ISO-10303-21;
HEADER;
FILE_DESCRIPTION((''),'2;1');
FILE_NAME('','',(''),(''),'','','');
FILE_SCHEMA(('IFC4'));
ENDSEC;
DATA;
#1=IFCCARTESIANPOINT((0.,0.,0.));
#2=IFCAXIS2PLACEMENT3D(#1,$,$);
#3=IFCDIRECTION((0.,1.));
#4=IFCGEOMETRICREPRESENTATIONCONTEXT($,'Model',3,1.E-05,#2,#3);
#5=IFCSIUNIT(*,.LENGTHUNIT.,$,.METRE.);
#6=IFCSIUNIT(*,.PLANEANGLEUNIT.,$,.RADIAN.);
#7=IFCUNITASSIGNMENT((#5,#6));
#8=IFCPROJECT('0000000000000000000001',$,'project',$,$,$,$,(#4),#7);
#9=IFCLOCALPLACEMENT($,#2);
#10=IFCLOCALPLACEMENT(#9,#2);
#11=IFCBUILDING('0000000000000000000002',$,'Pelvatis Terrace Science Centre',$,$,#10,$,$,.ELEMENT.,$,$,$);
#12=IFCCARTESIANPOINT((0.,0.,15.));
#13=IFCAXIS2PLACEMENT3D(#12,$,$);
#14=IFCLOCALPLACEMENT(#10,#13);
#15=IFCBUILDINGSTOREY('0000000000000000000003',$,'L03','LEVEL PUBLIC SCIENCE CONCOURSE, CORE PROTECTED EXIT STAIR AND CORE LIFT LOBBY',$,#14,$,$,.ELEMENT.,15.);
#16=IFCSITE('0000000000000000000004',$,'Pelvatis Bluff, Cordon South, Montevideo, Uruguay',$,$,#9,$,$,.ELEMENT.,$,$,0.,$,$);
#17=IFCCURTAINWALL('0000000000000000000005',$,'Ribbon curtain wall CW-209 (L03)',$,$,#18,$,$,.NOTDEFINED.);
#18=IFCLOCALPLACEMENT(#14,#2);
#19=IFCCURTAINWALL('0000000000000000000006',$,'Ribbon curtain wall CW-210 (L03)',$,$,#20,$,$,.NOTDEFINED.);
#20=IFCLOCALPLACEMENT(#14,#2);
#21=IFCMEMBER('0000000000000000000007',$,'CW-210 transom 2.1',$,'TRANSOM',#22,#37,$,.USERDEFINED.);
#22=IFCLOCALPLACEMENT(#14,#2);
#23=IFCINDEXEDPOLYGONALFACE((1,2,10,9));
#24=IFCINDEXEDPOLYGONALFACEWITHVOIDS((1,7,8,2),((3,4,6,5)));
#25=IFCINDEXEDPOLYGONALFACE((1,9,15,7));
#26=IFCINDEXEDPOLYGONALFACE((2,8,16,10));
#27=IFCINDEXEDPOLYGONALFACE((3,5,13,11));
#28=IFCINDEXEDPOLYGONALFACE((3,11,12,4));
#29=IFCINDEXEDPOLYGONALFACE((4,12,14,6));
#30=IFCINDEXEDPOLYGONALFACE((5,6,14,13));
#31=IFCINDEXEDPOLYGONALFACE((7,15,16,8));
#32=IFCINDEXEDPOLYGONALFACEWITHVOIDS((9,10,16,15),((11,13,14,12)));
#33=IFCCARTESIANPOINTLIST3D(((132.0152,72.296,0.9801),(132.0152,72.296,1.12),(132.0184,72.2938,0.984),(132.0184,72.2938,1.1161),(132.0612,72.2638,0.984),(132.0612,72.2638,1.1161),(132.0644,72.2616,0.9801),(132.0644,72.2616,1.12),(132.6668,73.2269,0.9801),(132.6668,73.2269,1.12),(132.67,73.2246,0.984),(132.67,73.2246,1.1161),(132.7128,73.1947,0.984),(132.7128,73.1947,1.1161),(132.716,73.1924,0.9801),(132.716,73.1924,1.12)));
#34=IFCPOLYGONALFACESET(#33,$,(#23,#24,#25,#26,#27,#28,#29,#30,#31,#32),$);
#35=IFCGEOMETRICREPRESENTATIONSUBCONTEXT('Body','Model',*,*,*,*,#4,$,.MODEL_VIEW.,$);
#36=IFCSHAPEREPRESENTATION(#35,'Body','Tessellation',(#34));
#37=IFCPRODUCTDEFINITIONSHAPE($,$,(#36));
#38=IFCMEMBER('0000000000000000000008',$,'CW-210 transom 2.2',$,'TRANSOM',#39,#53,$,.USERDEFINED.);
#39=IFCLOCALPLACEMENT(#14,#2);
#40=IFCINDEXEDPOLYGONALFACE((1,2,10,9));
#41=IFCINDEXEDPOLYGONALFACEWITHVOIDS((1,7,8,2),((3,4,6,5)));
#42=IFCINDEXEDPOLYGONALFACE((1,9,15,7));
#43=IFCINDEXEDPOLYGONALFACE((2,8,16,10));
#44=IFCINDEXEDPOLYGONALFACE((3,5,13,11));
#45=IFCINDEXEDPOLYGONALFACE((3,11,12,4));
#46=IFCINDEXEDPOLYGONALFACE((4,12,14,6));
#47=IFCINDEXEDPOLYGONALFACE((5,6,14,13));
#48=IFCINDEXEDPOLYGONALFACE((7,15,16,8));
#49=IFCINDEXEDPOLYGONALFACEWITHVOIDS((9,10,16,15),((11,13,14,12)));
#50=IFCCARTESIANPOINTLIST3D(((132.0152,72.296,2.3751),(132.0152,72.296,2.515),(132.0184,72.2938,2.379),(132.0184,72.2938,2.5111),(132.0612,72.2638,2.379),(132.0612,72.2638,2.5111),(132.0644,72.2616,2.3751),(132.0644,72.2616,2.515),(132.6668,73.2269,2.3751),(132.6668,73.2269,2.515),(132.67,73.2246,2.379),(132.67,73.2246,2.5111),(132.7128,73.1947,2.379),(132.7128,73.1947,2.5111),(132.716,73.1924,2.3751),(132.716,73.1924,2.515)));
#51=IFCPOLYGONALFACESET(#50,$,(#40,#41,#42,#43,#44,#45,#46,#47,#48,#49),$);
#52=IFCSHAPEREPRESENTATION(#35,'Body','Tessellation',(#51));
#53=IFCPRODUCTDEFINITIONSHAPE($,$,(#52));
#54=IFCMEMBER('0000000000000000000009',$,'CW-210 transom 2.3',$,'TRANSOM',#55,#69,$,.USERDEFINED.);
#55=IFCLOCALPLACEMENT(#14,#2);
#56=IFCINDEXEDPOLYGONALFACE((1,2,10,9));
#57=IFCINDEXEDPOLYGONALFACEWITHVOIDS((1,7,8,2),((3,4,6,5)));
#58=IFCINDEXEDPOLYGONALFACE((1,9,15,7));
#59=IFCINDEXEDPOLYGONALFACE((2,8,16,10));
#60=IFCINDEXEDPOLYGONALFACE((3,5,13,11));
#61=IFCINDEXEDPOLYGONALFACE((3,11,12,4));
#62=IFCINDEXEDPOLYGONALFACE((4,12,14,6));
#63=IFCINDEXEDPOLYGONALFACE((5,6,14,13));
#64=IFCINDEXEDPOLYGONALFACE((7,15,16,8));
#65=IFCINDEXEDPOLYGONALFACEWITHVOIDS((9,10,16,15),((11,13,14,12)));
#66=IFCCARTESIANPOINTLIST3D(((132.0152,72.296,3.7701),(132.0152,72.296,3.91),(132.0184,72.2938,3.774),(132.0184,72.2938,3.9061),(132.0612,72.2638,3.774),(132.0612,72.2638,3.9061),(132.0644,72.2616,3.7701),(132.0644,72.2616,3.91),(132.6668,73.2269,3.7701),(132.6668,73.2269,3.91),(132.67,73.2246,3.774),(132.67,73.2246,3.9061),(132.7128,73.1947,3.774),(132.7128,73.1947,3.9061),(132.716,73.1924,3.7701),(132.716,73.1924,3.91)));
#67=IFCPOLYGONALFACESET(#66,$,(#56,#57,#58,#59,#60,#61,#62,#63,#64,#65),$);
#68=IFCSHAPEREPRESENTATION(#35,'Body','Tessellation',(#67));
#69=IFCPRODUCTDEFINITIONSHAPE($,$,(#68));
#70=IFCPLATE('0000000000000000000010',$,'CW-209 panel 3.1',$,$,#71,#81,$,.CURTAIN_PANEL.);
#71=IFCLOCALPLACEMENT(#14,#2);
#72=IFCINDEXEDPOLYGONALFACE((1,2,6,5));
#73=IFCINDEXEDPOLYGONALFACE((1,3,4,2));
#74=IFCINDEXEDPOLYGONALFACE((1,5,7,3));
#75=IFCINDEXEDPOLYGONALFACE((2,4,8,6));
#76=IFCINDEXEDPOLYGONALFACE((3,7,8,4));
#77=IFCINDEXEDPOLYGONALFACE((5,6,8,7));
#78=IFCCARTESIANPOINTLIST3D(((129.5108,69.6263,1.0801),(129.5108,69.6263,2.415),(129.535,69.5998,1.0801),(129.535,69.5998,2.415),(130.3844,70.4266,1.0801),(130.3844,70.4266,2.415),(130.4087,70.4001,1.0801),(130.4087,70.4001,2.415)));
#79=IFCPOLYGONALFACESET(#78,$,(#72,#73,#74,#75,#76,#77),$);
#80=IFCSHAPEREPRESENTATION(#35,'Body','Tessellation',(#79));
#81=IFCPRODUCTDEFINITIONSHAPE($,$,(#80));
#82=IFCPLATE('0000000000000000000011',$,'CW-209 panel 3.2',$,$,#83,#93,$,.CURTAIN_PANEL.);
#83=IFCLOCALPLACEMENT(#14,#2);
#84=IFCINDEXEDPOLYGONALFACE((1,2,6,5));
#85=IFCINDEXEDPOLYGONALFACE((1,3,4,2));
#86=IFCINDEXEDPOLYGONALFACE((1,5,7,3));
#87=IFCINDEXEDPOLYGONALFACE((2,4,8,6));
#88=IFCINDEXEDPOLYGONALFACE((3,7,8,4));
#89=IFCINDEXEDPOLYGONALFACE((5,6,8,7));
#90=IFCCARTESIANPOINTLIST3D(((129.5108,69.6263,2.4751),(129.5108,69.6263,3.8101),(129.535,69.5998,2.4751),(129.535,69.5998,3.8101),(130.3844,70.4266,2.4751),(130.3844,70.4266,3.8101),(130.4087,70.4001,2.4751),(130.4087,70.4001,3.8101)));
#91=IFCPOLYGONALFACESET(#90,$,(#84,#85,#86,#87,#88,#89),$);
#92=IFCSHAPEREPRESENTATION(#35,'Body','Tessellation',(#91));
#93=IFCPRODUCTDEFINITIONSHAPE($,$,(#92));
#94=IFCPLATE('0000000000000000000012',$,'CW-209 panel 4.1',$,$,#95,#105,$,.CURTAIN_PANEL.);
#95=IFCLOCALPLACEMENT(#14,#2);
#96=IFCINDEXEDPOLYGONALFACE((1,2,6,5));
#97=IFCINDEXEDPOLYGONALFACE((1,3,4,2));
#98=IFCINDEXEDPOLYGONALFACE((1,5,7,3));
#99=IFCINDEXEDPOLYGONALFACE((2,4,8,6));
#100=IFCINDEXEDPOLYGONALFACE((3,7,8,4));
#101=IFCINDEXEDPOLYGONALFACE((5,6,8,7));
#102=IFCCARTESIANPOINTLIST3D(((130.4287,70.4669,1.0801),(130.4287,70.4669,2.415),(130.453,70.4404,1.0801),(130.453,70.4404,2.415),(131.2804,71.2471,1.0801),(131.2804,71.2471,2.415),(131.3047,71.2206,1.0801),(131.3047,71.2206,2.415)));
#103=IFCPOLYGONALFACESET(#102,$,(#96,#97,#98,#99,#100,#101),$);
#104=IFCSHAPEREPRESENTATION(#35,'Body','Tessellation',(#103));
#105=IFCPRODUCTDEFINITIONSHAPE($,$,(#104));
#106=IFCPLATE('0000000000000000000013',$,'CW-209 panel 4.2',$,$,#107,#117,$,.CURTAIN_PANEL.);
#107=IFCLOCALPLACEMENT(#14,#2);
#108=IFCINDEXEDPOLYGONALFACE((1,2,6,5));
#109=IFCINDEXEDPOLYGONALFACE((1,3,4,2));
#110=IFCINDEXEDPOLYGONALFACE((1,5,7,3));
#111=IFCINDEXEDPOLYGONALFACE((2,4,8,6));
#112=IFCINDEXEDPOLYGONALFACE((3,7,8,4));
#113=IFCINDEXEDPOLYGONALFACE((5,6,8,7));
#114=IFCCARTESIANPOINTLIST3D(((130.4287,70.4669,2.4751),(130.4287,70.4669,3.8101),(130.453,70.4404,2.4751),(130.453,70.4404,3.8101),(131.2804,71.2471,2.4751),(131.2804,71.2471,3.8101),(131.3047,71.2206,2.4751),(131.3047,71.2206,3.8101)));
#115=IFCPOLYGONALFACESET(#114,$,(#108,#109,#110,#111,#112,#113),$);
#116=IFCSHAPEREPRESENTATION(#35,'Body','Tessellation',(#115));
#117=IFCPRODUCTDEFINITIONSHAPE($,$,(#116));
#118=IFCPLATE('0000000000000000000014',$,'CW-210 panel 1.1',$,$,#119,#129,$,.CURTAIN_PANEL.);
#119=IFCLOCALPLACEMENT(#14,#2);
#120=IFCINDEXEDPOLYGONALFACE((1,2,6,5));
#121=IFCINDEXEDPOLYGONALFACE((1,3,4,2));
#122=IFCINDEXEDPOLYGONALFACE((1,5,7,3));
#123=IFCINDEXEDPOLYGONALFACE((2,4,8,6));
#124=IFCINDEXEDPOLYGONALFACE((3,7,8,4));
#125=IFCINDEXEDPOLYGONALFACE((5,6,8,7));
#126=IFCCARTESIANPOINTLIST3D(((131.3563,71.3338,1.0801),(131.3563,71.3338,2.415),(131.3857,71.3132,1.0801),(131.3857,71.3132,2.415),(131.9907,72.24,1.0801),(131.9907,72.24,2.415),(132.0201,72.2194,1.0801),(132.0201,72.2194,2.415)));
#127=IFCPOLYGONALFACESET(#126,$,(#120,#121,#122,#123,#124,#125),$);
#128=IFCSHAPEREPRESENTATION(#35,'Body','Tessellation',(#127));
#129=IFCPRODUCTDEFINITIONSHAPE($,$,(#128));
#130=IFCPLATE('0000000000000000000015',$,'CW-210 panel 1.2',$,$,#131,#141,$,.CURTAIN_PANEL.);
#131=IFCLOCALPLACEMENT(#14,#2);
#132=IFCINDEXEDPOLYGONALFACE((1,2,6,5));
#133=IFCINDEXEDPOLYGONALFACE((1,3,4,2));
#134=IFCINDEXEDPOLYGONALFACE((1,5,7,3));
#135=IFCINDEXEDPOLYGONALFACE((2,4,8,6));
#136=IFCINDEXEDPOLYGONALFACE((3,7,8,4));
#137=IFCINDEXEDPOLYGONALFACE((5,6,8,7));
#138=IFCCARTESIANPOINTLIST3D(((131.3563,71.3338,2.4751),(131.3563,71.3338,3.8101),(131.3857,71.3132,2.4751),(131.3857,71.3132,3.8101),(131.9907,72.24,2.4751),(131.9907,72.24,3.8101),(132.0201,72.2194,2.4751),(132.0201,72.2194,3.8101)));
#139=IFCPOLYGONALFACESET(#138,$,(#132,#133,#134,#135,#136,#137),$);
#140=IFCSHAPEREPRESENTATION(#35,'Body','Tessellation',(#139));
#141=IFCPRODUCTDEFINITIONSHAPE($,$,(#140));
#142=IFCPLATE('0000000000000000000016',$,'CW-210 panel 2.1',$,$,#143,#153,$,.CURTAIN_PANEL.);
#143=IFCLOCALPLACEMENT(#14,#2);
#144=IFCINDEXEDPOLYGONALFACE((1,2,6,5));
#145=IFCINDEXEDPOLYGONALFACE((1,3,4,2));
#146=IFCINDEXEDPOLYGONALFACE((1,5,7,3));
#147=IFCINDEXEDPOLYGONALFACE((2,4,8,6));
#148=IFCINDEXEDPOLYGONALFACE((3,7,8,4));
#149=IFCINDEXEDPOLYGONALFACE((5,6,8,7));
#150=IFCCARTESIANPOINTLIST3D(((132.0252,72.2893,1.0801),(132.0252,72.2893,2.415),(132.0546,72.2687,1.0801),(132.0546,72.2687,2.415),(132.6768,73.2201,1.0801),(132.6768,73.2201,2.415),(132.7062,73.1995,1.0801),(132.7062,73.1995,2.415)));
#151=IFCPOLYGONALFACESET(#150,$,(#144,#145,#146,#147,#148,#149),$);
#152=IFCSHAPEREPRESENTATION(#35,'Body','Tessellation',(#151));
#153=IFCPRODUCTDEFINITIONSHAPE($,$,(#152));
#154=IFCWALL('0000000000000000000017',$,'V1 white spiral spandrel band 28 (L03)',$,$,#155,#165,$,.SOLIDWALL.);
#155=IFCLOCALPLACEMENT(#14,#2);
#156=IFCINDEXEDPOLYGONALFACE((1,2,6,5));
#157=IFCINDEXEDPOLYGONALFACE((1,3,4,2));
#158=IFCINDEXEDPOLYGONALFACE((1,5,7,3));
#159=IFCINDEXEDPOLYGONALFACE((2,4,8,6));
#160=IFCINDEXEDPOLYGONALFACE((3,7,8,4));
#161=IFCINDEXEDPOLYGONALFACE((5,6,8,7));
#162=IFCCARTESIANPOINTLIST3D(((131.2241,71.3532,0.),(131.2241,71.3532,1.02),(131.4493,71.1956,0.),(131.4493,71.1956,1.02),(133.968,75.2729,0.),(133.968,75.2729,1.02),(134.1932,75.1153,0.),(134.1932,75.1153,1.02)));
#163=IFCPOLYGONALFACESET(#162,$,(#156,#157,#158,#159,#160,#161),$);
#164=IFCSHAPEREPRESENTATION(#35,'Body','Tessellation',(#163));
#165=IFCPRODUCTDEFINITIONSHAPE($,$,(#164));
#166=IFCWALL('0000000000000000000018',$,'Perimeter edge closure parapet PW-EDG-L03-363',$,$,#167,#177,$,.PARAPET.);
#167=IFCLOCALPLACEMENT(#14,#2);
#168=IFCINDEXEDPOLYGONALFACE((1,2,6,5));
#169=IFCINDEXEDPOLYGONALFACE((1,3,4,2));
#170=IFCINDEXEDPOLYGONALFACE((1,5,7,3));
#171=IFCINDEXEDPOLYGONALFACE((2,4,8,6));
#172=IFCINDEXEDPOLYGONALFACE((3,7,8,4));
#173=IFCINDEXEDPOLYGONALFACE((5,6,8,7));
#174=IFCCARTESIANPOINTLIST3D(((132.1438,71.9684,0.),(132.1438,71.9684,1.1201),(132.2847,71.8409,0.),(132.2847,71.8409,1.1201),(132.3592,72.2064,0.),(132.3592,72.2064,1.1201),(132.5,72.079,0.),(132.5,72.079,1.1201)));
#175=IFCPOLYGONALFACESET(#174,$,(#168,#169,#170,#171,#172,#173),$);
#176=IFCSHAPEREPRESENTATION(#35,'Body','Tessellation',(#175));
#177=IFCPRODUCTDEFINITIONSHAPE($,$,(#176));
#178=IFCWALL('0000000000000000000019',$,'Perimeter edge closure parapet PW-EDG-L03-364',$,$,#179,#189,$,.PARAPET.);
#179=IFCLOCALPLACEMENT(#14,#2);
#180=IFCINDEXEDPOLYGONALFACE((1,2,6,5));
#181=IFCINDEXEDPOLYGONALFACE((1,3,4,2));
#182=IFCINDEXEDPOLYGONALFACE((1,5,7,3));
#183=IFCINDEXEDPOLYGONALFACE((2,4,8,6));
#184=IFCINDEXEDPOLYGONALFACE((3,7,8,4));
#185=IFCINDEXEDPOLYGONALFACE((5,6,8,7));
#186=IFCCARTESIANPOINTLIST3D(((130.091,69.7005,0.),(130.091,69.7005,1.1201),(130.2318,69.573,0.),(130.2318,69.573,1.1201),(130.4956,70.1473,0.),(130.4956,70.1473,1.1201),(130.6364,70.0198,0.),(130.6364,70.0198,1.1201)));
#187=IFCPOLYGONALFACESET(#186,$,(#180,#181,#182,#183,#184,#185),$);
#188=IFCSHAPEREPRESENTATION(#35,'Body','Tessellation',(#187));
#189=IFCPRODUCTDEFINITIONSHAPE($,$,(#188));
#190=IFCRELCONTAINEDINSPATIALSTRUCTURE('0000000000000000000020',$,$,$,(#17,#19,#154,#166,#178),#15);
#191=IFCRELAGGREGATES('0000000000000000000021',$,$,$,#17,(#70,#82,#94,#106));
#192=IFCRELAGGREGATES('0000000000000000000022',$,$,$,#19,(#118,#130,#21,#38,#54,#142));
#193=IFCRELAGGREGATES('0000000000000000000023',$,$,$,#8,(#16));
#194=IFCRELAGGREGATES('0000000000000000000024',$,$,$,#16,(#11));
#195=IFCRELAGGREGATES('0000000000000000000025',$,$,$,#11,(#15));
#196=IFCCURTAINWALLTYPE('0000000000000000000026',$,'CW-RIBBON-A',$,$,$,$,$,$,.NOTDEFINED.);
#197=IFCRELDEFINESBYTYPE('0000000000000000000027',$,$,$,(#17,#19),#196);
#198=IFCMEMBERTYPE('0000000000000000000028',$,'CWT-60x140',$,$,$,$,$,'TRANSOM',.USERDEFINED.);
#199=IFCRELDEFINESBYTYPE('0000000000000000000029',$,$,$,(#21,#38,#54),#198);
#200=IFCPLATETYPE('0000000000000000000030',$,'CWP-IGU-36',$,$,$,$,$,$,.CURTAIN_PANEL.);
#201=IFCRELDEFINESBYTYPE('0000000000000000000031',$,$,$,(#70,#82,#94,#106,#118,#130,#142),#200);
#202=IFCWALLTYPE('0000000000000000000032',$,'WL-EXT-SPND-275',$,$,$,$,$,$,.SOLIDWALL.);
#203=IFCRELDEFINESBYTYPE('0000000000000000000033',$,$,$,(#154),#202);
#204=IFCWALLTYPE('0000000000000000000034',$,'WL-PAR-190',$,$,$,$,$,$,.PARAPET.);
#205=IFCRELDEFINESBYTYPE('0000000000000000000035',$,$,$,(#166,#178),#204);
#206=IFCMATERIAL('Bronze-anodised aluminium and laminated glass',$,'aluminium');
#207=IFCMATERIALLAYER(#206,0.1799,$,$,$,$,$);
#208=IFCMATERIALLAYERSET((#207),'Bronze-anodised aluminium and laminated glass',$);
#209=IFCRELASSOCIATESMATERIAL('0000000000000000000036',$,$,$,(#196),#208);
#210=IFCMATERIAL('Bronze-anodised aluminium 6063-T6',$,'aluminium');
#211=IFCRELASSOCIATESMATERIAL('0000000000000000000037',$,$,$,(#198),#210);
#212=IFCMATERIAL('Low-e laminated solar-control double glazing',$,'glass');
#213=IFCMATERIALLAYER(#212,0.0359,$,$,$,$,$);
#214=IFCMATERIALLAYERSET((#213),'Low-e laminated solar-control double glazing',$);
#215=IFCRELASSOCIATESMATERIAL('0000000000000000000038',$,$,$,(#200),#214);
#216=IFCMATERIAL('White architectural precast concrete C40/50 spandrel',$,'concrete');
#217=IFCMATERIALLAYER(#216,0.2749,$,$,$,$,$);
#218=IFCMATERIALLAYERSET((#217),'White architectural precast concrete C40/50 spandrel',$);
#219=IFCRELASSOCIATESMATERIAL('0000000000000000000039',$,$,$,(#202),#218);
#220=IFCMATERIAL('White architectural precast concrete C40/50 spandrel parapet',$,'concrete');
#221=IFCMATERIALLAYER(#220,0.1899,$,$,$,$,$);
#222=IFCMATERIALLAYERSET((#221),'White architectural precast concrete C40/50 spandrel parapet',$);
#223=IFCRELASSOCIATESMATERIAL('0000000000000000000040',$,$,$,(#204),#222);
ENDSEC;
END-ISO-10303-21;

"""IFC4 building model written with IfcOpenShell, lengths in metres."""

from ifc_helpers import new_model, si_unit, direction, frame, frame_2d, origin, origin_2d, place, context, subcontext, project, spatial, rectangle, hollow_rectangle, extrude, material, layer, layer_set, material_profile, profile_set, type_object, element, aggregate, save


model = new_model("IFC4")

# Units and contexts
model_context = context("Model", 3, precision=1e-05, world=origin(), true_north=direction((0.0, 1.0)))
body_context = subcontext(model_context, "Body", "Model", "MODEL_VIEW")
ifc_project = project(units=[si_unit("LENGTHUNIT", "METRE"), si_unit("PLANEANGLEUNIT", "RADIAN")], contexts=[model_context])

# Site, building, storey
site_placement = place(None, origin())
site = spatial("IfcSite", under=ifc_project, at=site_placement, Name="Pelvatis Bluff, Cordon South, Montevideo, Uruguay", CompositionType="ELEMENT", RefElevation=0.0)
building_placement = place(site_placement, origin())
building = spatial("IfcBuilding", under=site, at=building_placement, Name="Pelvatis Terrace Science Centre", CompositionType="ELEMENT")
storey_placement = place(building_placement, frame((0.0, 0.0, 15.0)))
storey = spatial("IfcBuildingStorey", under=building, at=storey_placement, Name="L03", Description="LEVEL PUBLIC SCIENCE CONCOURSE, CORE PROTECTED EXIT STAIR AND CORE LIFT LOBBY", CompositionType="ELEMENT", Elevation=15.0)

# Curtain walls
ifc_material_1 = material(Name="Bronze-anodised aluminium and laminated glass", Category="aluminium")
ifc_layer_1 = layer(ifc_material_1, 0.1799)
ifc_layer_set_1 = layer_set([ifc_layer_1], Name="Bronze-anodised aluminium and laminated glass")
curtain_wall_type = type_object("IfcCurtainWallType", Name="CW-RIBBON-A", PredefinedType="NOTDEFINED", material=ifc_layer_set_1)
curtain_wall_1_placement = place(storey_placement, origin())
curtain_wall_1 = element("IfcCurtainWall", 1, at=curtain_wall_1_placement, inside=storey, type_object=curtain_wall_type, Name="Ribbon curtain wall CW-209 (L03)", PredefinedType="NOTDEFINED")
curtain_wall_2_placement = place(storey_placement, origin())
curtain_wall_2 = element("IfcCurtainWall", 2, at=curtain_wall_2_placement, inside=storey, type_object=curtain_wall_type, Name="Ribbon curtain wall CW-210 (L03)", PredefinedType="NOTDEFINED")

# Members
ifc_material_2 = material(Name="Bronze-anodised aluminium 6063-T6", Category="aluminium")
ifc_material_profile_1 = material_profile(ifc_material_2, hollow_rectangle(XDim=0.0601, YDim=0.1399, WallThickness=0.0039, at=origin_2d()), Name="ALU-TRN 60x140")
ifc_profile_set_1 = profile_set([ifc_material_profile_1], Name="Bronze-anodised aluminium 6063-T6")
member_type_1 = type_object("IfcMemberType", Name="CWT-60x140", ElementType="TRANSOM", PredefinedType="USERDEFINED", material=ifc_profile_set_1)
member_1_placement = place(storey_placement, frame((132.0398, 72.2788, 1.05), z_axis=(0.573448, 0.819242, 0.0), x_axis=(-0.819242, 0.573448, 0.0)))
member_1 = element("IfcMember", 3, at=member_1_placement, type_object=member_type_1, Name="CW-210 transom 2.1", ObjectType="TRANSOM", PredefinedType="USERDEFINED", context=body_context, shape_type="SweptSolid", body=[
    extrude(hollow_rectangle(XDim=0.0601, YDim=0.1399, WallThickness=0.0039, at=origin_2d()), origin(), (0.0, 0.0, 1.0), 1.1362),
])
member_2_placement = place(storey_placement, frame((132.0398, 72.2788, 2.4451), z_axis=(0.573448, 0.819242, 0.0), x_axis=(-0.819242, 0.573448, 0.0)))
member_2 = element("IfcMember", 4, at=member_2_placement, type_object=member_type_1, Name="CW-210 transom 2.2", ObjectType="TRANSOM", PredefinedType="USERDEFINED", context=body_context, shape_type="SweptSolid", body=[
    extrude(hollow_rectangle(XDim=0.0601, YDim=0.1399, WallThickness=0.0039, at=origin_2d()), origin(), (0.0, 0.0, 1.0), 1.1362),
])
member_3_placement = place(storey_placement, frame((132.0398, 72.2788, 3.8401), z_axis=(0.573448, 0.819242, 0.0), x_axis=(-0.819242, 0.573448, 0.0)))
member_3 = element("IfcMember", 5, at=member_3_placement, type_object=member_type_1, Name="CW-210 transom 2.3", ObjectType="TRANSOM", PredefinedType="USERDEFINED", context=body_context, shape_type="SweptSolid", body=[
    extrude(hollow_rectangle(XDim=0.0601, YDim=0.1399, WallThickness=0.0039, at=origin_2d()), origin(), (0.0, 0.0, 1.0), 1.1362),
])

# Plates
ifc_material_3 = material(Name="Low-e laminated solar-control double glazing", Category="glass")
ifc_layer_2 = layer(ifc_material_3, 0.0359)
ifc_layer_set_2 = layer_set([ifc_layer_2], Name="Low-e laminated solar-control double glazing")
plate_type = type_object("IfcPlateType", Name="CWP-IGU-36", PredefinedType="CURTAIN_PANEL", material=ifc_layer_set_2)
plate_1_placement = place(storey_placement, frame((129.9597, 70.0132, 1.0801), z_axis=(0.0, 0.0, 1.0), x_axis=(0.737404, 0.675452, 0.0)))
plate_1 = element("IfcPlate", 6, at=plate_1_placement, type_object=plate_type, Name="CW-209 panel 3.1", PredefinedType="CURTAIN_PANEL", context=body_context, shape_type="SweptSolid", body=[
    extrude(rectangle(XDim=1.1848, YDim=0.0359, at=origin_2d()), origin(), (0.0, 0.0, 1.0), 1.335),
])
plate_2_placement = place(storey_placement, frame((129.9597, 70.0132, 2.4751), z_axis=(0.0, 0.0, 1.0), x_axis=(0.737404, 0.675452, 0.0)))
plate_2 = element("IfcPlate", 7, at=plate_2_placement, type_object=plate_type, Name="CW-209 panel 3.2", PredefinedType="CURTAIN_PANEL", context=body_context, shape_type="SweptSolid", body=[
    extrude(rectangle(XDim=1.1848, YDim=0.0359, at=origin_2d()), origin(), (0.0, 0.0, 1.0), 1.335),
])
plate_3_placement = place(storey_placement, frame((130.8667, 70.8438, 1.0801), z_axis=(0.0, 0.0, 1.0), x_axis=(0.737404, 0.675452, 0.0)))
plate_3 = element("IfcPlate", 8, at=plate_3_placement, type_object=plate_type, Name="CW-209 panel 4.1", PredefinedType="CURTAIN_PANEL", context=body_context, shape_type="SweptSolid", body=[
    extrude(rectangle(XDim=1.155, YDim=0.0359, at=origin_2d()), origin(), (0.0, 0.0, 1.0), 1.335),
])
plate_4_placement = place(storey_placement, frame((130.8667, 70.8438, 2.4751), z_axis=(0.0, 0.0, 1.0), x_axis=(0.737404, 0.675452, 0.0)))
plate_4 = element("IfcPlate", 9, at=plate_4_placement, type_object=plate_type, Name="CW-209 panel 4.2", PredefinedType="CURTAIN_PANEL", context=body_context, shape_type="SweptSolid", body=[
    extrude(rectangle(XDim=1.155, YDim=0.0359, at=origin_2d()), origin(), (0.0, 0.0, 1.0), 1.335),
])
aggregate(curtain_wall_1, [plate_1, plate_2, plate_3, plate_4])
plate_5_placement = place(storey_placement, frame((131.6882, 71.7766, 1.0801), z_axis=(0.0, 0.0, 1.0), x_axis=(0.573468, 0.819228, 0.0)))
plate_5 = element("IfcPlate", 10, at=plate_5_placement, type_object=plate_type, Name="CW-210 panel 1.1", PredefinedType="CURTAIN_PANEL", context=body_context, shape_type="SweptSolid", body=[
    extrude(rectangle(XDim=1.1062, YDim=0.0359, at=origin_2d()), origin(), (0.0, 0.0, 1.0), 1.335),
])
plate_6_placement = place(storey_placement, frame((131.6882, 71.7766, 2.4751), z_axis=(0.0, 0.0, 1.0), x_axis=(0.573468, 0.819228, 0.0)))
plate_6 = element("IfcPlate", 11, at=plate_6_placement, type_object=plate_type, Name="CW-210 panel 1.2", PredefinedType="CURTAIN_PANEL", context=body_context, shape_type="SweptSolid", body=[
    extrude(rectangle(XDim=1.1062, YDim=0.0359, at=origin_2d()), origin(), (0.0, 0.0, 1.0), 1.335),
])
plate_7_placement = place(storey_placement, frame((132.3657, 72.7444, 1.0801), z_axis=(0.0, 0.0, 1.0), x_axis=(0.573468, 0.819228, 0.0)))
plate_7 = element("IfcPlate", 12, at=plate_7_placement, type_object=plate_type, Name="CW-210 panel 2.1", PredefinedType="CURTAIN_PANEL", context=body_context, shape_type="SweptSolid", body=[
    extrude(rectangle(XDim=1.1362, YDim=0.0359, at=origin_2d()), origin(), (0.0, 0.0, 1.0), 1.335),
])
aggregate(curtain_wall_2, [plate_5, plate_6, member_1, member_2, member_3, plate_7])

# Walls
ifc_material_4 = material(Name="White architectural precast concrete C40/50 spandrel", Category="concrete")
ifc_layer_3 = layer(ifc_material_4, 0.2749)
ifc_layer_set_3 = layer_set([ifc_layer_3], Name="White architectural precast concrete C40/50 spandrel")
wall_type_1 = type_object("IfcWallType", Name="WL-EXT-SPND-275", PredefinedType="SOLIDWALL", material=ifc_layer_set_3)
wall_1_placement = place(storey_placement, frame((131.3367, 71.2744, 0.0), z_axis=(0.0, 0.0, 1.0), x_axis=(0.573479, 0.81922, 0.0)))
element("IfcWall", 13, at=wall_1_placement, inside=storey, type_object=wall_type_1, Name="V1 white spiral spandrel band 28 (L03)", PredefinedType="SOLIDWALL", context=body_context, shape_type="SweptSolid", body=[
    extrude(rectangle(XDim=4.7847, YDim=0.2749, at=frame_2d((2.3923, 0.0))), origin(), (0.0, 0.0, 1.0), 1.02),
])
ifc_material_5 = material(Name="White architectural precast concrete C40/50 spandrel parapet", Category="concrete")
ifc_layer_4 = layer(ifc_material_5, 0.1899)
ifc_layer_set_4 = layer_set([ifc_layer_4], Name="White architectural precast concrete C40/50 spandrel parapet")
wall_type_2 = type_object("IfcWallType", Name="WL-PAR-190", PredefinedType="PARAPET", material=ifc_layer_set_4)
wall_2_placement = place(storey_placement, frame((132.4297, 72.1428, 0.0), z_axis=(0.0, 0.0, 1.0), x_axis=(-0.670854, -0.74159, 0.0)))
element("IfcWall", 14, at=wall_2_placement, inside=storey, type_object=wall_type_2, Name="Perimeter edge closure parapet PW-EDG-L03-363", PredefinedType="PARAPET", context=body_context, shape_type="SweptSolid", body=[
    extrude(rectangle(XDim=0.321, YDim=0.1899, at=frame_2d((0.1606, 0.0))), origin(), (0.0, 0.0, 1.0), 1.1201),
])
wall_3_placement = place(storey_placement, frame((130.5659, 70.0835, 0.0), z_axis=(0.0, 0.0, 1.0), x_axis=(-0.6712, -0.741277, 0.0)))
element("IfcWall", 15, at=wall_3_placement, inside=storey, type_object=wall_type_2, Name="Perimeter edge closure parapet PW-EDG-L03-364", PredefinedType="PARAPET", context=body_context, shape_type="SweptSolid", body=[
    extrude(rectangle(XDim=0.6028, YDim=0.1899, at=frame_2d((0.3013, 0.0))), origin(), (0.0, 0.0, 1.0), 1.1201),
])

save(model, "model.ifc")
